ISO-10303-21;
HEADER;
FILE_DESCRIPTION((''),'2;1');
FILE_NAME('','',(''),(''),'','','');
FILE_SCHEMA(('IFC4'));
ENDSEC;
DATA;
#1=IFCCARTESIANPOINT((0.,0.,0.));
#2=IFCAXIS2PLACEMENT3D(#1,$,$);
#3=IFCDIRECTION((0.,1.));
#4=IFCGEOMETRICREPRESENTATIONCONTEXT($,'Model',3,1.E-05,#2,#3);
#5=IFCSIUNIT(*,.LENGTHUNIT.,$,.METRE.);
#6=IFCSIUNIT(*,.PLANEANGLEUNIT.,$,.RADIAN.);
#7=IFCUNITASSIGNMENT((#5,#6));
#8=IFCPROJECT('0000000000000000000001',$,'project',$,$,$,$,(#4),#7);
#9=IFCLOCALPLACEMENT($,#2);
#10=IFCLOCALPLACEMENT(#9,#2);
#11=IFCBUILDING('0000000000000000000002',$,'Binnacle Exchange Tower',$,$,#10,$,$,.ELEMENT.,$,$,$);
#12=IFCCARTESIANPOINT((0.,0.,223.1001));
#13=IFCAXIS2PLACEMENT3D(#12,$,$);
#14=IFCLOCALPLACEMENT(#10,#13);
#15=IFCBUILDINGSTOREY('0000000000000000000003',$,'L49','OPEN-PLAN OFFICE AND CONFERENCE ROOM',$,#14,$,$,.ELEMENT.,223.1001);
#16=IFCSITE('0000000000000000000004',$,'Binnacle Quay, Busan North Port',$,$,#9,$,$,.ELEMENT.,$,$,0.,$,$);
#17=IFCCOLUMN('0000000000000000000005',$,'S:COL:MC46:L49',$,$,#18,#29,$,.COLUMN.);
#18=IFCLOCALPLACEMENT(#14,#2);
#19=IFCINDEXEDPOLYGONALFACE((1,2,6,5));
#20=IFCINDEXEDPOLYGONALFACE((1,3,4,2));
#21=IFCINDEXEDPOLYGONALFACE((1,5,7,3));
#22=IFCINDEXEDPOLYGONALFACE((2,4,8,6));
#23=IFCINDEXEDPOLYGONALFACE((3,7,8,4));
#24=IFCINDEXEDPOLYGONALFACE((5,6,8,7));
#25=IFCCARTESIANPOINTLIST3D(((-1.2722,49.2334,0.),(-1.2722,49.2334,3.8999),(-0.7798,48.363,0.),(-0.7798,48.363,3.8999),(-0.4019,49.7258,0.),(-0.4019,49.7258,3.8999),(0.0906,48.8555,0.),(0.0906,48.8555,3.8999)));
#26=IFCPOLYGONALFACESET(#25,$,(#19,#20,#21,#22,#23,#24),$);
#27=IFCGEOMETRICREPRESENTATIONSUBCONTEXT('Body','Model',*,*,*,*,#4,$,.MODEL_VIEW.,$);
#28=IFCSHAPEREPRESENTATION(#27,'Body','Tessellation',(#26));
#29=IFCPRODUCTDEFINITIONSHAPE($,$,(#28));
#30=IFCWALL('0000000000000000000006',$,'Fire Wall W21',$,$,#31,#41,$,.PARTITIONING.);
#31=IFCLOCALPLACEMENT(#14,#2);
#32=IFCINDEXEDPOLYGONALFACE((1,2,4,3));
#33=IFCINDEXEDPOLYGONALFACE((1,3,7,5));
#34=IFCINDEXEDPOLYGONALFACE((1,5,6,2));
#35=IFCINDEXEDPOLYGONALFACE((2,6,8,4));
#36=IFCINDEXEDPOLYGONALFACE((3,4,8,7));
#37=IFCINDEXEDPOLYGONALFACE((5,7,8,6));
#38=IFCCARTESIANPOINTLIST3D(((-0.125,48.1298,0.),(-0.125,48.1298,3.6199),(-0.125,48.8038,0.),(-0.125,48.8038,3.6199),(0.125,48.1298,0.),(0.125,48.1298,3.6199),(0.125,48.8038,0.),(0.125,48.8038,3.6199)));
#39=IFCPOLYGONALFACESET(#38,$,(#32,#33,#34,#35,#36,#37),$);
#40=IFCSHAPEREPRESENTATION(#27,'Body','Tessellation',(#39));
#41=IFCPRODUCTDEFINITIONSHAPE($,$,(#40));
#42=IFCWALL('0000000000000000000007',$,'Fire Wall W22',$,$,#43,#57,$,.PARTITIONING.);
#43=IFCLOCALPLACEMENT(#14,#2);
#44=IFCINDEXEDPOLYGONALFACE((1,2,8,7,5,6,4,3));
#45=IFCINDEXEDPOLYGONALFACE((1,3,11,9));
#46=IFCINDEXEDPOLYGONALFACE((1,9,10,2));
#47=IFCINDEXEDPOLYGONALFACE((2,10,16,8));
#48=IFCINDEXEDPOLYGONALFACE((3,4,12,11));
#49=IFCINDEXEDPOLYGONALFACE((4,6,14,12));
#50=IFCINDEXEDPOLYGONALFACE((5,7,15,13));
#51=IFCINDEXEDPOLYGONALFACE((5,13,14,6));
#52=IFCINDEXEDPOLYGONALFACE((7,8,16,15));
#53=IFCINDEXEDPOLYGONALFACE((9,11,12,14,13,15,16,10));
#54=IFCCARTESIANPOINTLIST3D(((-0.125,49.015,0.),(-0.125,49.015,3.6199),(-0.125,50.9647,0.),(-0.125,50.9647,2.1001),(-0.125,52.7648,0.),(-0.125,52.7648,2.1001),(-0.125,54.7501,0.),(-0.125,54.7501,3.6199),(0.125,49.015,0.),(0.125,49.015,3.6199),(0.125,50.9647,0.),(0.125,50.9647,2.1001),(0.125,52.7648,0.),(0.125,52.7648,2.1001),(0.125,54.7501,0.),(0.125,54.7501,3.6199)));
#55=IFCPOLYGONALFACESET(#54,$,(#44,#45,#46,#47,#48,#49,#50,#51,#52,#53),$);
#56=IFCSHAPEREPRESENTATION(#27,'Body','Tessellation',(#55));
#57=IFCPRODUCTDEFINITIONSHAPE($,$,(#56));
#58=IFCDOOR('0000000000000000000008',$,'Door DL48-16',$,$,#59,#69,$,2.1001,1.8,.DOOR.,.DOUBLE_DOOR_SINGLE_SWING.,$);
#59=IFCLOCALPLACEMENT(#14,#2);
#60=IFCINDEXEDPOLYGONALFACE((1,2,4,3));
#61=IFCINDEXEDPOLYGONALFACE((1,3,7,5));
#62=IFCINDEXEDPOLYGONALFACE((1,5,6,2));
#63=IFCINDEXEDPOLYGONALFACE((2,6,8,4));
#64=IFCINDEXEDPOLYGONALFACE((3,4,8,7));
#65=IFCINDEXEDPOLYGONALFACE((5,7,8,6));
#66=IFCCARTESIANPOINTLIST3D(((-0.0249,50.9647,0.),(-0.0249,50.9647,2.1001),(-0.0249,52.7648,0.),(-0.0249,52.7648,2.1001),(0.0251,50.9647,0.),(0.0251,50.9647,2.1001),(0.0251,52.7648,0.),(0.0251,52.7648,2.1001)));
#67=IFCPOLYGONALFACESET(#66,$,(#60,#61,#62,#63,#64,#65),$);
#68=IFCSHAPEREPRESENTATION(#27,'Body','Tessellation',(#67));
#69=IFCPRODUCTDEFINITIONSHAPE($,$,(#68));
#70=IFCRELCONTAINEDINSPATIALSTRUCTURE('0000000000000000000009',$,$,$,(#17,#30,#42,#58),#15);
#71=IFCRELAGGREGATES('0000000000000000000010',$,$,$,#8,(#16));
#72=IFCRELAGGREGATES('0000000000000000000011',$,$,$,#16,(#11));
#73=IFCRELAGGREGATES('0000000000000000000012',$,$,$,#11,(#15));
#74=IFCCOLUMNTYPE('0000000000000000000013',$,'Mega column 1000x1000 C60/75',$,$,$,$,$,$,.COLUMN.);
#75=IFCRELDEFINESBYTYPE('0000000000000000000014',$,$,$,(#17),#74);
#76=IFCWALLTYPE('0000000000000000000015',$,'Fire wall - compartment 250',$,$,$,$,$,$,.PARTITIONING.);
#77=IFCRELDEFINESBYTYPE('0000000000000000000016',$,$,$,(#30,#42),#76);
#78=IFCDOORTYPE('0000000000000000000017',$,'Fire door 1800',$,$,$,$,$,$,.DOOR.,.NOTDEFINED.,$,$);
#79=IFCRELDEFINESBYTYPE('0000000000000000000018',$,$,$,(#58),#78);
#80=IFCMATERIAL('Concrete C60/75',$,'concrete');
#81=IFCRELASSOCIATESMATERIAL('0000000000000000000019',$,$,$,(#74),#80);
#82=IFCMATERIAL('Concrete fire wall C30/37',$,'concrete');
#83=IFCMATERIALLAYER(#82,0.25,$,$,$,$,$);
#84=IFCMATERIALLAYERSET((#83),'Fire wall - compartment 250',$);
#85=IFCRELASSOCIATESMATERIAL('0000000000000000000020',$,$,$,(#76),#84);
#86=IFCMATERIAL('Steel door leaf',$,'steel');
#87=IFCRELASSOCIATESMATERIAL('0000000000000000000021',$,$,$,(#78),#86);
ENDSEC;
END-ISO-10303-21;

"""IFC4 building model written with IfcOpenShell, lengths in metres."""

from ifc_helpers import new_model, si_unit, direction, frame, frame_2d, origin, origin_2d, place, context, subcontext, project, spatial, rectangle, extrude, material, layer, layer_set, material_profile, profile_set, type_object, element, fill, save


model = new_model("IFC4")

# Units and contexts
model_context = context("Model", 3, precision=1e-05, world=origin(), true_north=direction((0.0, 1.0)))
body_context = subcontext(model_context, "Body", "Model", "MODEL_VIEW")
ifc_project = project(units=[si_unit("LENGTHUNIT", "METRE"), si_unit("PLANEANGLEUNIT", "RADIAN")], contexts=[model_context])

# Site, building, storey
site_placement = place(None, origin())
site = spatial("IfcSite", under=ifc_project, at=site_placement, Name="Binnacle Quay, Busan North Port", CompositionType="ELEMENT", RefElevation=0.0)
building_placement = place(site_placement, origin())
building = spatial("IfcBuilding", under=site, at=building_placement, Name="Binnacle Exchange Tower", CompositionType="ELEMENT")
storey_placement = place(building_placement, frame((0.0, 0.0, 223.1001)))
storey = spatial("IfcBuildingStorey", under=building, at=storey_placement, Name="L49", Description="OPEN-PLAN OFFICE AND CONFERENCE ROOM", CompositionType="ELEMENT", Elevation=223.1001)

# Column
ifc_material_1 = material(Name="Concrete C60/75", Category="concrete")
ifc_material_profile = material_profile(ifc_material_1, rectangle(XDim=1.0, YDim=1.0, at=origin_2d()), Name="Mega column 1000x1000 C60/75")
ifc_profile_set = profile_set([ifc_material_profile], Name="Concrete C60/75")
column_type = type_object("IfcColumnType", Name="Mega column 1000x1000 C60/75", PredefinedType="COLUMN", material=ifc_profile_set)
column_placement = place(storey_placement, frame((-0.5908, 49.0444, 0.0), z_axis=(0.0, 0.0, 1.0), x_axis=(0.870356, 0.492424, 0.0)))
element("IfcColumn", 1, at=column_placement, inside=storey, type_object=column_type, Name="S:COL:MC46:L49", PredefinedType="COLUMN", context=body_context, shape_type="SweptSolid", body=[
    extrude(rectangle(XDim=1.0, YDim=1.0, at=origin_2d()), origin(), (0.0, 0.0, 1.0), 3.8999),
])

# Wall
ifc_material_2 = material(Name="Concrete fire wall C30/37", Category="concrete")
ifc_layer_1 = layer(ifc_material_2, 0.25)
ifc_layer_set_1 = layer_set([ifc_layer_1], Name="Fire wall - compartment 250")
wall_type_1 = type_object("IfcWallType", Name="Fire wall - compartment 250", PredefinedType="PARTITIONING", material=ifc_layer_set_1)
wall_1_placement = place(storey_placement, frame((0.0, 48.1299, 0.0), z_axis=(0.0, 0.0, 1.0), x_axis=(0.0, 1.0, 0.0)))
element("IfcWall", 2, at=wall_1_placement, inside=storey, type_object=wall_type_1, Name="Fire Wall W21", PredefinedType="PARTITIONING", context=body_context, shape_type="SweptSolid", body=[
    extrude(rectangle(XDim=0.6741, YDim=0.25, at=frame_2d((0.3369, 0.0))), origin(), (0.0, 0.0, 1.0), 3.6199),
])

# Wall, opening, door
wall_2_placement = place(storey_placement, frame((0.0, 49.0149, 0.0), z_axis=(0.0, 0.0, 1.0), x_axis=(0.0, 1.0, 0.0)))
wall_2 = element("IfcWall", 3, at=wall_2_placement, inside=storey, type_object=wall_type_1, Name="Fire Wall W22", PredefinedType="PARTITIONING", context=body_context, shape_type="SweptSolid", body=[
    extrude(rectangle(XDim=5.7351, YDim=0.25, at=frame_2d((2.8677, 0.0))), origin(), (0.0, 0.0, 1.0), 3.6199),
])
opening_1_placement = place(wall_2_placement, frame((1.95, 0.0, 0.0)))
opening_1 = element("IfcOpeningElement", 4, at=opening_1_placement, cuts=wall_2, PredefinedType="OPENING", context=body_context, shape_type="SweptSolid", body=[
    extrude(rectangle(XDim=1.8, YDim=2.1001, at=frame_2d((0.8999, 1.05))), frame((0.0, 0.135, 0.0), z_axis=(0.0, -1.0, 0.0), x_axis=(1.0, 0.0, 0.0)), (0.0, 0.0, 1.0), 0.27),
])
ifc_material_3 = material(Name="Steel door leaf", Category="steel")
door_type_1 = type_object("IfcDoorType", Name="Fire door 1800", OperationType="NOTDEFINED", PredefinedType="DOOR", material=ifc_material_3)
door_1_placement = place(opening_1_placement, origin())
door_1 = element("IfcDoor", 5, at=door_1_placement, inside=storey, type_object=door_type_1, Name="Door DL48-16", OperationType="DOUBLE_DOOR_SINGLE_SWING", OverallHeight=2.1001, OverallWidth=1.8, PredefinedType="DOOR", context=body_context, shape_type="SweptSolid", body=[
    extrude(rectangle(XDim=1.8, YDim=2.1001, at=frame_2d((0.8999, 1.05))), frame((0.0, 0.0249, 0.0), z_axis=(0.0, -1.0, 0.0), x_axis=(1.0, 0.0, 0.0)), (0.0, 0.0, 1.0), 0.05),
])
fill(opening_1, door_1)

save(model, "model.ifc")
